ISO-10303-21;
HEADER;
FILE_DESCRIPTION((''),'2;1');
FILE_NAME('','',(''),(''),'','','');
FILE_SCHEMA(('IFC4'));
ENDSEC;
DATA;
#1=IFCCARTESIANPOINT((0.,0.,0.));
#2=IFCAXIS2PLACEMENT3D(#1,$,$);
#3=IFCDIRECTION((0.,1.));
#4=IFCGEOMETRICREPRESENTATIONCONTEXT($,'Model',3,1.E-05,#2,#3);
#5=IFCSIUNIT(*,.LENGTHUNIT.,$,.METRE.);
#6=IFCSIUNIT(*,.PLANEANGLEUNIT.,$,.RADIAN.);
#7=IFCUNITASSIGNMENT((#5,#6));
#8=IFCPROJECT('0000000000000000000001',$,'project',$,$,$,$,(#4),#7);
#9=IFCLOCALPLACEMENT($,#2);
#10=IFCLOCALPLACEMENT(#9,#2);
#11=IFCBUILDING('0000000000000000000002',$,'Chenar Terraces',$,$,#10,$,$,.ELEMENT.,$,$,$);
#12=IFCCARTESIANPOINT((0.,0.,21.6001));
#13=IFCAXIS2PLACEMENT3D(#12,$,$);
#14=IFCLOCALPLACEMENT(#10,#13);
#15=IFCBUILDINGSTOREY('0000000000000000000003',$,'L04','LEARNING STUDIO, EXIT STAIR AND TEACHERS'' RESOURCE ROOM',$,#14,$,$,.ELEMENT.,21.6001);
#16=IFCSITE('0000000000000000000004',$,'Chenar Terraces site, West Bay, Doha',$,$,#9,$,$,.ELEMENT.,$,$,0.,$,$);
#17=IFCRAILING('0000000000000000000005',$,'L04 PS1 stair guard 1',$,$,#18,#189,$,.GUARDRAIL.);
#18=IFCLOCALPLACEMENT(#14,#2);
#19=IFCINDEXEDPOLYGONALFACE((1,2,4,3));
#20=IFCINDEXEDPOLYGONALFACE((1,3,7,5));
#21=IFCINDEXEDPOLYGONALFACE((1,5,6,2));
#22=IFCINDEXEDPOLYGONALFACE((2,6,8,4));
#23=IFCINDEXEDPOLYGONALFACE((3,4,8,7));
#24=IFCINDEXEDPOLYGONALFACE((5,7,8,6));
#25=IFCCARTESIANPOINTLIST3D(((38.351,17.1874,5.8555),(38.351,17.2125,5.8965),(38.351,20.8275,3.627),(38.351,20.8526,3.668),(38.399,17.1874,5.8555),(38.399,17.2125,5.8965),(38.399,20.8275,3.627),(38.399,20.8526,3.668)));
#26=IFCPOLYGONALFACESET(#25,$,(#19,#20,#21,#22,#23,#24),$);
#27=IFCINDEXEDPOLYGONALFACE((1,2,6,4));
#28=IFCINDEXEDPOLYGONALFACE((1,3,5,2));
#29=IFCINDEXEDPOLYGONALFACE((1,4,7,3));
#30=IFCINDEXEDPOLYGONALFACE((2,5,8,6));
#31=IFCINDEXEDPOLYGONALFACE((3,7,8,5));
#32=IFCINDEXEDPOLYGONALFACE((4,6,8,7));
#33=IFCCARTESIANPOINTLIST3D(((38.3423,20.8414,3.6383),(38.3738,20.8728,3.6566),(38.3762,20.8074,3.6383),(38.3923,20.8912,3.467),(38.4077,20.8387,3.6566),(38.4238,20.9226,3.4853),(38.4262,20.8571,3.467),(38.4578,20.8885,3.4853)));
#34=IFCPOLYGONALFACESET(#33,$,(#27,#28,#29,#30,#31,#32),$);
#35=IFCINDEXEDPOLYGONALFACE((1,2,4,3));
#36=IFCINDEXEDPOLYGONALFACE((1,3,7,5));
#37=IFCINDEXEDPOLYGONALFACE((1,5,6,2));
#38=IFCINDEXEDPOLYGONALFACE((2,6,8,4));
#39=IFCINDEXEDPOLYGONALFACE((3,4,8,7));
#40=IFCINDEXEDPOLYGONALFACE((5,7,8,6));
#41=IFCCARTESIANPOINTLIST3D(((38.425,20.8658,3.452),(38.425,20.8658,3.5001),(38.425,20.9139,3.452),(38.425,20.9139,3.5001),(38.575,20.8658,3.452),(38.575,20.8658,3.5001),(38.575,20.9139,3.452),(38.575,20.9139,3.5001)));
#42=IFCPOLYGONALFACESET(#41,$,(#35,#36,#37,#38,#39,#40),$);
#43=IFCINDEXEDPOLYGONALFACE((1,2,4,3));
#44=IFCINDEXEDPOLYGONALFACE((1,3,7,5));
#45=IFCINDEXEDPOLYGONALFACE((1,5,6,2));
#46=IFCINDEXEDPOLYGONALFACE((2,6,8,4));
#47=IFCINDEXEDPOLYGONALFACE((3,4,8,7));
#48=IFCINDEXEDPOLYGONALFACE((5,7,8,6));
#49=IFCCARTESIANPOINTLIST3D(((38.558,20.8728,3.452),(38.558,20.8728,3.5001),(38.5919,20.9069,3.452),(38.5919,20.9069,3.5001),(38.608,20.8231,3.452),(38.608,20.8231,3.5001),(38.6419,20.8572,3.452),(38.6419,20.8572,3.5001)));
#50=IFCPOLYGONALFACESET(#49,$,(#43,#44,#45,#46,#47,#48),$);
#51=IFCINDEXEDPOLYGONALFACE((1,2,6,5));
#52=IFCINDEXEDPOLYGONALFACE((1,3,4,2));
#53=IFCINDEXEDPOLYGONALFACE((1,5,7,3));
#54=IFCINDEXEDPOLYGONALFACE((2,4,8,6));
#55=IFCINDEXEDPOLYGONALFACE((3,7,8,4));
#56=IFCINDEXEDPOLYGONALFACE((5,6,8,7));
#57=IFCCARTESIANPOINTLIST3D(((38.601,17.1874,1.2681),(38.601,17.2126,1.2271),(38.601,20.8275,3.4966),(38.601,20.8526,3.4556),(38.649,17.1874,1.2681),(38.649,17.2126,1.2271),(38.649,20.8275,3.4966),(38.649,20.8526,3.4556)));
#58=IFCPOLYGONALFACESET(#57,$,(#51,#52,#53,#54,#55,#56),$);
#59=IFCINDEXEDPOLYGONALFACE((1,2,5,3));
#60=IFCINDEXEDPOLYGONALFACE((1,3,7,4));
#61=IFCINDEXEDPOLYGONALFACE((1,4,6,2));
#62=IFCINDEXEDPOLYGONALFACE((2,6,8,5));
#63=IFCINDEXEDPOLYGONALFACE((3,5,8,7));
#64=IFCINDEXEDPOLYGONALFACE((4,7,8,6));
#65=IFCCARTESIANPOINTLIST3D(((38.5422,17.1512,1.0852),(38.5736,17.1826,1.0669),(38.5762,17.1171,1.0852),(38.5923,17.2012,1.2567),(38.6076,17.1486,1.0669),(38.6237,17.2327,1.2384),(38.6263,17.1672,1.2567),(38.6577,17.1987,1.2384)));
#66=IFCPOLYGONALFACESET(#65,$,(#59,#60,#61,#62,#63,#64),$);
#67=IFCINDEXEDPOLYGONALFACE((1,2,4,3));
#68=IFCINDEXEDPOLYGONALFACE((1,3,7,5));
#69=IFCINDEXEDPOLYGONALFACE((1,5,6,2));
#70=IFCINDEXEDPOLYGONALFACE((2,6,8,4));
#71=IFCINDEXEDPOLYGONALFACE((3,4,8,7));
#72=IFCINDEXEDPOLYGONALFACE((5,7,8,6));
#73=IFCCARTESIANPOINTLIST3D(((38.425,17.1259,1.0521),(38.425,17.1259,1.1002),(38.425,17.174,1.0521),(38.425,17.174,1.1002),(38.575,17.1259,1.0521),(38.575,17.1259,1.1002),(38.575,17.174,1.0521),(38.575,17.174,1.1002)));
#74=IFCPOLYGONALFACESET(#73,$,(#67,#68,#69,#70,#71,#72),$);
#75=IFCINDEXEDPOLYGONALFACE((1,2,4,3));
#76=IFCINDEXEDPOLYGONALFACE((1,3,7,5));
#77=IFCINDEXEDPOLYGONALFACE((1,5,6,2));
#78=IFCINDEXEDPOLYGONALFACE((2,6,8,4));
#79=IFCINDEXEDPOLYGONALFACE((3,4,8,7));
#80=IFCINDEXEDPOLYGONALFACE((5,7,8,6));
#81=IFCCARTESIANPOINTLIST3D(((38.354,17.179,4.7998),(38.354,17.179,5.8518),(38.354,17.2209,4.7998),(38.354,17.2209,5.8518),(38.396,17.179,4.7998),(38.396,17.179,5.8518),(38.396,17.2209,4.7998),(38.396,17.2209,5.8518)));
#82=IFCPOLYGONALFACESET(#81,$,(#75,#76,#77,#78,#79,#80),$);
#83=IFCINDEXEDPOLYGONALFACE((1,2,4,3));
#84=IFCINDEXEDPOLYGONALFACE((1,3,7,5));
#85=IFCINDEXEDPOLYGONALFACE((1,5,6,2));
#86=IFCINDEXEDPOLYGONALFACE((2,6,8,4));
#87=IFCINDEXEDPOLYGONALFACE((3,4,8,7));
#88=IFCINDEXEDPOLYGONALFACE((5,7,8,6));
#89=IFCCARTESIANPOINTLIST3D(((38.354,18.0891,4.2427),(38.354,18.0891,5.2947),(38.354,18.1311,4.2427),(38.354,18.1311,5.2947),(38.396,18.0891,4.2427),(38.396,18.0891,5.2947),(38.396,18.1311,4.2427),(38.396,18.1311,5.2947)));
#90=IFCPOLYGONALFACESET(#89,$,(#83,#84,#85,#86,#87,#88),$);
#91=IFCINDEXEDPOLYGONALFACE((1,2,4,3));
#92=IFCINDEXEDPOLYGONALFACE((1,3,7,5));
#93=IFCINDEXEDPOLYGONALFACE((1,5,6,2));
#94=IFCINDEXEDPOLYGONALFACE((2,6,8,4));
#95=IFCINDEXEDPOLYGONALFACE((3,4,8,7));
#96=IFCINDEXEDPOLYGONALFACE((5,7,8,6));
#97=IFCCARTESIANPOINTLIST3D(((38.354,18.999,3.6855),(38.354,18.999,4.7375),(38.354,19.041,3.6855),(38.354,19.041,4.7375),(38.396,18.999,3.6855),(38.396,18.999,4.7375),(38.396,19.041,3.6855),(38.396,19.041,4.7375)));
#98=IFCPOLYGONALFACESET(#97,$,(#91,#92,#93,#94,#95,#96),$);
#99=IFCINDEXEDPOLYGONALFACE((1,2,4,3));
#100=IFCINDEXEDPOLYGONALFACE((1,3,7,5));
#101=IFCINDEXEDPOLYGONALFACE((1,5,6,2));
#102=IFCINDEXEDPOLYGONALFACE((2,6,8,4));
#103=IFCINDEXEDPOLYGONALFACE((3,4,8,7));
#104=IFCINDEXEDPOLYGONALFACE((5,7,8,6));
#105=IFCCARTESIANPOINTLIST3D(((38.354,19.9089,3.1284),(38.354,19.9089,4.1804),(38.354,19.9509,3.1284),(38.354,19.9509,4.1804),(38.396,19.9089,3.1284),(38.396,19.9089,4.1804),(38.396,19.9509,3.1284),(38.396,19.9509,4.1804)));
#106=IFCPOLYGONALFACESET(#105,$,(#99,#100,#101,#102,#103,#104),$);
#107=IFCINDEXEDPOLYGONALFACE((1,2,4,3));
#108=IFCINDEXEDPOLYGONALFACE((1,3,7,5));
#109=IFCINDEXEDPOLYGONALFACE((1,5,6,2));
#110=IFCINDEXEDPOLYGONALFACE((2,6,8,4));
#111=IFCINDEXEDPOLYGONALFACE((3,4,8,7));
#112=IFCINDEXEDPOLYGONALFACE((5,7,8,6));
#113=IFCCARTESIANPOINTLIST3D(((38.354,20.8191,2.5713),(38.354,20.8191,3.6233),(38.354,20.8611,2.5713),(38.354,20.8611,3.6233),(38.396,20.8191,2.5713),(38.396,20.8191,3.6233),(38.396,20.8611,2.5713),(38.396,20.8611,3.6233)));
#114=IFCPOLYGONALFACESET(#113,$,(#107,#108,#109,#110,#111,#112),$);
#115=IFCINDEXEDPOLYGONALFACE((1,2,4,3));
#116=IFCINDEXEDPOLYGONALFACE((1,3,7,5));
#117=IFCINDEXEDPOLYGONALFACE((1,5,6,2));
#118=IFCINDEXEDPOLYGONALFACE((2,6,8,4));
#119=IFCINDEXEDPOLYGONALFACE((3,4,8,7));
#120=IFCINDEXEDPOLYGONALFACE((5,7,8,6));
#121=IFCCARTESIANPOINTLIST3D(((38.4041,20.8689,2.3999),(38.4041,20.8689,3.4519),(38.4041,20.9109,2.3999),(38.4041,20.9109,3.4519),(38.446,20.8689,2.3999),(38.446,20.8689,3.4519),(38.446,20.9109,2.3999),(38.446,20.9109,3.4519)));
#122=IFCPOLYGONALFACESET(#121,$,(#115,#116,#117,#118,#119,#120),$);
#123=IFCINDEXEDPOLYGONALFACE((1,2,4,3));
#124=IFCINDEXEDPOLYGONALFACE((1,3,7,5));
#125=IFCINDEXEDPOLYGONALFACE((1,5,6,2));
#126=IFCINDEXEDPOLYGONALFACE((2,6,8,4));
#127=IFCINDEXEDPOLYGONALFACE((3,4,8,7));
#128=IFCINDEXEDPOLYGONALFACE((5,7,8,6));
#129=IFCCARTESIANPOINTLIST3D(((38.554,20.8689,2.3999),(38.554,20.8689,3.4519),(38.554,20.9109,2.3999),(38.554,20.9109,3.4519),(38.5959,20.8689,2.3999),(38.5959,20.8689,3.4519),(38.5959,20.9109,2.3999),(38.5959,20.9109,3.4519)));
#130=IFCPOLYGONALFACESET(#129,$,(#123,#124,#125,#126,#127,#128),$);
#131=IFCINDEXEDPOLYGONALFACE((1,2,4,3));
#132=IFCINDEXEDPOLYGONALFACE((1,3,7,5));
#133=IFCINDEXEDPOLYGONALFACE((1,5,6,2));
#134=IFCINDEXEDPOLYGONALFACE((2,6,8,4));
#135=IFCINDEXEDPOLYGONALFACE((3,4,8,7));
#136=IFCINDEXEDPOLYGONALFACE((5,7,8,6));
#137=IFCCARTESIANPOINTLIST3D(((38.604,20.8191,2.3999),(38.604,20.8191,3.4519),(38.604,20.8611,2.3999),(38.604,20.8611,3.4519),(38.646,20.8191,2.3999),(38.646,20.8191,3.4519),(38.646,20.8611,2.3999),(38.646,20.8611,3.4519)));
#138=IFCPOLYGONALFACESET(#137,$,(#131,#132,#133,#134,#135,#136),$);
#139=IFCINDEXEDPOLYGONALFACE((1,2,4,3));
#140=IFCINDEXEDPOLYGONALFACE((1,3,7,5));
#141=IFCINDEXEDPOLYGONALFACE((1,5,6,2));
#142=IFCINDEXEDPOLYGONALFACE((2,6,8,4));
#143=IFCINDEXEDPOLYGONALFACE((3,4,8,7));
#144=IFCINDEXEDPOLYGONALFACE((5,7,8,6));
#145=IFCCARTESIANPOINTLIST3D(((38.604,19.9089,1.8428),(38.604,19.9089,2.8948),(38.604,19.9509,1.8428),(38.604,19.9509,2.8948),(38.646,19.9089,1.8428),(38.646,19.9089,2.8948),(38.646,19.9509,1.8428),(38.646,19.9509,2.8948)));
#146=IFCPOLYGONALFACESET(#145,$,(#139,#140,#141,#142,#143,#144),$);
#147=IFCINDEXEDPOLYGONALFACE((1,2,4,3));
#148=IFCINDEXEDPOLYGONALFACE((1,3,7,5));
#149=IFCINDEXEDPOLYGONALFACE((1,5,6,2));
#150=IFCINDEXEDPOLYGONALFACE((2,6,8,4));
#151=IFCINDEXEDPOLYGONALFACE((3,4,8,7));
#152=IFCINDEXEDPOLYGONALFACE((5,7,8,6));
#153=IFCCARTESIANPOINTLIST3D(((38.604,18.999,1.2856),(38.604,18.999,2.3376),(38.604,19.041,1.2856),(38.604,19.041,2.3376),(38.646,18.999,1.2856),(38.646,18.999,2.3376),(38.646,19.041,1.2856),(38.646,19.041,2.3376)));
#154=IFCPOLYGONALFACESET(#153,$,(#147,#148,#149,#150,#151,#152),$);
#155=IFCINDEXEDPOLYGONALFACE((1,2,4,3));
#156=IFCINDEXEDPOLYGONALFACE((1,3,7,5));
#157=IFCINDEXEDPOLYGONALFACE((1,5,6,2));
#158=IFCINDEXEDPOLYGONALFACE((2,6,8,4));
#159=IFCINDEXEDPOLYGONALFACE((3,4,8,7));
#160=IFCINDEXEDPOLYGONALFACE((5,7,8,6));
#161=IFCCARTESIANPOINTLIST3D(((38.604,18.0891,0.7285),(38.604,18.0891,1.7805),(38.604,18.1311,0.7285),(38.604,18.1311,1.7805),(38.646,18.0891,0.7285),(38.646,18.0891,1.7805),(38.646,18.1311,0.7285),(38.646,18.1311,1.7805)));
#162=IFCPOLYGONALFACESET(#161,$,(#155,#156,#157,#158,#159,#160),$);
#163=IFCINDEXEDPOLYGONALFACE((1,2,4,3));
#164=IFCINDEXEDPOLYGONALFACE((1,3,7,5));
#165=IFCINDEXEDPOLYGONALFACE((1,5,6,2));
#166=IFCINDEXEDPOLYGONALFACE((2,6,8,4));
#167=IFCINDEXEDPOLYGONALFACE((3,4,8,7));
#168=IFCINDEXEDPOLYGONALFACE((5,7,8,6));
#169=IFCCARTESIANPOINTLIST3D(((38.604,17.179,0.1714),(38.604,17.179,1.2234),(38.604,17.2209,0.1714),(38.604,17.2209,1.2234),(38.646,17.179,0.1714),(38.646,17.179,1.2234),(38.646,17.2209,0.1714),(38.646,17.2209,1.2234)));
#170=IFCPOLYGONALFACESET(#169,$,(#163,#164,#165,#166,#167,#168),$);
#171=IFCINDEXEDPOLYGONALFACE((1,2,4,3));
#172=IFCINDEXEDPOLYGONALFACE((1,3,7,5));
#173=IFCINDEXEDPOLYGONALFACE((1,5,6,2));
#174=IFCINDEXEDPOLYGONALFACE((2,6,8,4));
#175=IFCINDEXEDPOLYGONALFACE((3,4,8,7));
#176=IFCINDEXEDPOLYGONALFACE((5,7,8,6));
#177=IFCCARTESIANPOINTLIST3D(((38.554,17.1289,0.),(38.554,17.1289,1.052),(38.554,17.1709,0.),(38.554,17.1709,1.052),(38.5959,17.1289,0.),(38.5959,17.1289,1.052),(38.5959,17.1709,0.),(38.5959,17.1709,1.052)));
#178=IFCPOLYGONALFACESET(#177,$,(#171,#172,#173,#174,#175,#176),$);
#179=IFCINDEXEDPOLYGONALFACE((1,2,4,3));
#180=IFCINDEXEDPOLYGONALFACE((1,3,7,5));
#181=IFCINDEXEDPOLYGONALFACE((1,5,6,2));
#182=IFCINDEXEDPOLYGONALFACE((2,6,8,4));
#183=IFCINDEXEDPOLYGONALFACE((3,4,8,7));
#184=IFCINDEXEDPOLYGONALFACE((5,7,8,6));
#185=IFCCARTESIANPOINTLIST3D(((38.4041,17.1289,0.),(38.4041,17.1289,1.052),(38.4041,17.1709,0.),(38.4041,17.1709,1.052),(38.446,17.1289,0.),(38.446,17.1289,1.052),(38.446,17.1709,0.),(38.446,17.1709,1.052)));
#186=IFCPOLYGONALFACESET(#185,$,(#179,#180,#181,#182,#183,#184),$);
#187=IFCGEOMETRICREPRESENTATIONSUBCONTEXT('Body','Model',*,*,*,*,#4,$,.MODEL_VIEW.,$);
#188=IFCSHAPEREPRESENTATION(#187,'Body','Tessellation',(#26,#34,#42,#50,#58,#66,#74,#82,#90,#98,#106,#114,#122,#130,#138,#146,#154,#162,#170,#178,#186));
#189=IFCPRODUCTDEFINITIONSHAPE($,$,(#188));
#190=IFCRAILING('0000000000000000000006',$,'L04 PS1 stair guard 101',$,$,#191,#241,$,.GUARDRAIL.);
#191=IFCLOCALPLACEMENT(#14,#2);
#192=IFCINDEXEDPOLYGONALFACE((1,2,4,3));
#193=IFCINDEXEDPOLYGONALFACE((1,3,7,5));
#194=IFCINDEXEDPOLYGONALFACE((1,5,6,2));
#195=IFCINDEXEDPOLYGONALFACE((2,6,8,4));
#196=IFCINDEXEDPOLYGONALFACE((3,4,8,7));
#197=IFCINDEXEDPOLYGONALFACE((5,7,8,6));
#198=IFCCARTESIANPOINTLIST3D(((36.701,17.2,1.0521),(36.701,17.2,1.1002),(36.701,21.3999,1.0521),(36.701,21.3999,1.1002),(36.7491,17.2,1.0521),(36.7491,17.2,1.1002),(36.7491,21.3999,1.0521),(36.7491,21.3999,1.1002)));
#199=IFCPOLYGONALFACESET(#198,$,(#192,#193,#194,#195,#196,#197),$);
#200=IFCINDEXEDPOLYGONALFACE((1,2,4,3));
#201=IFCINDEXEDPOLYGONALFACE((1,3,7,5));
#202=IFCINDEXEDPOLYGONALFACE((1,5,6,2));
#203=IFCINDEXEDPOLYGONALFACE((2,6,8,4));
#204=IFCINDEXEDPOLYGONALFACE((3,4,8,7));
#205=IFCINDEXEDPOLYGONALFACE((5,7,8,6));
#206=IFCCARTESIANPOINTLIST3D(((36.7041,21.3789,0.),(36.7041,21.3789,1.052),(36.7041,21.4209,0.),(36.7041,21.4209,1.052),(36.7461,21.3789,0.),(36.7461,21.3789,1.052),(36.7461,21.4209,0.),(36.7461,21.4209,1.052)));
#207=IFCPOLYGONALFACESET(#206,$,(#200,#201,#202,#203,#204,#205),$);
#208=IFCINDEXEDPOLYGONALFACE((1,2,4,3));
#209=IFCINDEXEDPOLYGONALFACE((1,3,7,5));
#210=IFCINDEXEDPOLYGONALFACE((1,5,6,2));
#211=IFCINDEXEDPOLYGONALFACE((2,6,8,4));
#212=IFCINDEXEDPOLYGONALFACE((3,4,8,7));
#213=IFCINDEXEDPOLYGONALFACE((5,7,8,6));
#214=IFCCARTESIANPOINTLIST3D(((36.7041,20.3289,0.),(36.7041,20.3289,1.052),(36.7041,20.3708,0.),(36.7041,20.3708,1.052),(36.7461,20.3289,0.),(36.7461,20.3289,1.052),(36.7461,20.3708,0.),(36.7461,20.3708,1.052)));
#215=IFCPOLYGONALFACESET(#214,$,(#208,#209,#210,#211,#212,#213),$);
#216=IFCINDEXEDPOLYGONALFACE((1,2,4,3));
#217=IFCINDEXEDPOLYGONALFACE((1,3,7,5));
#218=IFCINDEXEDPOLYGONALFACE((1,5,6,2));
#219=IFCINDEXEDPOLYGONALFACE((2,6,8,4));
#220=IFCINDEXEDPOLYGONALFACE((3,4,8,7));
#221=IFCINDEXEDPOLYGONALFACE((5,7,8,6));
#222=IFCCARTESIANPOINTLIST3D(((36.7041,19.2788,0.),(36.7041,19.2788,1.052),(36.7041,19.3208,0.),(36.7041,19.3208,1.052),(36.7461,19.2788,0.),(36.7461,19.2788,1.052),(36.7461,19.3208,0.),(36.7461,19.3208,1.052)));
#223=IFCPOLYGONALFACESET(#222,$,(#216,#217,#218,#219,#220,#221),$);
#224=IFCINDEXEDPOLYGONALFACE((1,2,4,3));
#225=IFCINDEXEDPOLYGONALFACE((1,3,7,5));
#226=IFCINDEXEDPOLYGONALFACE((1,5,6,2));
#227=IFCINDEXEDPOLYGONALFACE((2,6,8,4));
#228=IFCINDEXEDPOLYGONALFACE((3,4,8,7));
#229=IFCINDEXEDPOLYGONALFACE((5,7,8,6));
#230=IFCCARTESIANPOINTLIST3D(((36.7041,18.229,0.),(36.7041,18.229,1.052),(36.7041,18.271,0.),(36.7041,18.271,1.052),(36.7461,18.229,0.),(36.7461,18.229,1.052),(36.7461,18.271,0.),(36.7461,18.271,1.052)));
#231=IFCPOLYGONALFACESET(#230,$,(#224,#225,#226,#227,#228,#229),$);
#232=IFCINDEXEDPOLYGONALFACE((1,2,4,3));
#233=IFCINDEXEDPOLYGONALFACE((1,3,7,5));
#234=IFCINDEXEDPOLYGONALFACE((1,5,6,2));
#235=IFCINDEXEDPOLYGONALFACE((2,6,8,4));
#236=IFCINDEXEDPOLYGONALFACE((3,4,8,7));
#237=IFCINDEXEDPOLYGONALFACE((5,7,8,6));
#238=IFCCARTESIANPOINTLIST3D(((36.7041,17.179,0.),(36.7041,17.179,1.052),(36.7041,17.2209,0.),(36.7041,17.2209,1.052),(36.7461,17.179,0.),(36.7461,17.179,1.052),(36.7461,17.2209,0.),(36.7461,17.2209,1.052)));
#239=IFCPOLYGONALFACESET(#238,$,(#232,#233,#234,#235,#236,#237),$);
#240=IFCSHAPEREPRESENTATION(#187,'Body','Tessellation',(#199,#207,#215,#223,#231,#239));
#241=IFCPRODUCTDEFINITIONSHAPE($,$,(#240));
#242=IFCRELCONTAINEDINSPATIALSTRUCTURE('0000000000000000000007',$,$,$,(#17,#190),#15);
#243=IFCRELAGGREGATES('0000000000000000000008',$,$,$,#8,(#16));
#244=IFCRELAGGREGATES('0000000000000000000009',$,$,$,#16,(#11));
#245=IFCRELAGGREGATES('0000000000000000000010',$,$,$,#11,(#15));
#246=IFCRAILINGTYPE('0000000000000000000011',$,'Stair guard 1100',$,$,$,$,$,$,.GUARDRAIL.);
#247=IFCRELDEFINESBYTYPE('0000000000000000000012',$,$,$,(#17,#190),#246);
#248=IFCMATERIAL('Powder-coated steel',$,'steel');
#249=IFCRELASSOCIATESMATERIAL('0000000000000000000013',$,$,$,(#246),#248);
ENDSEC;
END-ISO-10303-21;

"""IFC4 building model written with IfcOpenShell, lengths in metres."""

from ifc_helpers import new_model, si_unit, direction, frame, origin, origin_2d, place, context, subcontext, project, spatial, rectangle, extrude, material, type_object, element, save


model = new_model("IFC4")

# Units and contexts
model_context = context("Model", 3, precision=1e-05, world=origin(), true_north=direction((0.0, 1.0)))
body_context = subcontext(model_context, "Body", "Model", "MODEL_VIEW")
ifc_project = project(units=[si_unit("LENGTHUNIT", "METRE"), si_unit("PLANEANGLEUNIT", "RADIAN")], contexts=[model_context])

# Site, building, storey
site_placement = place(None, origin())
site = spatial("IfcSite", under=ifc_project, at=site_placement, Name="Chenar Terraces site, West Bay, Doha", CompositionType="ELEMENT", RefElevation=0.0)
building_placement = place(site_placement, origin())
building = spatial("IfcBuilding", under=site, at=building_placement, Name="Chenar Terraces", CompositionType="ELEMENT")
storey_placement = place(building_placement, frame((0.0, 0.0, 21.6001)))
storey = spatial("IfcBuildingStorey", under=building, at=storey_placement, Name="L04", Description="LEARNING STUDIO, EXIT STAIR AND TEACHERS' RESOURCE ROOM", CompositionType="ELEMENT", Elevation=21.6001)

# Railings
ifc_material_1 = material(Name="Powder-coated steel", Category="steel")
railing_type_1 = type_object("IfcRailingType", Name="Stair guard 1100", PredefinedType="GUARDRAIL", material=ifc_material_1)
railing_1_placement = place(storey_placement, frame((38.375, 17.2, 4.7998)))
element("IfcRailing", 1, at=railing_1_placement, inside=storey, type_object=railing_type_1, Name="L04 PS1 stair guard 1", PredefinedType="GUARDRAIL", context=body_context, shape_type="SweptSolid", body=[
    extrude(rectangle(XDim=0.0481, YDim=0.0481, at=origin_2d()), frame((0.0, 0.0, 1.0762), z_axis=(0.0, 0.852866, -0.52213), x_axis=(-1.0, 0.0, 0.0)), (0.0, 0.0, 1.0), 4.2681),
    extrude(rectangle(XDim=0.0481, YDim=0.0481, at=origin_2d()), frame((0.0, 3.6401, -1.1523), z_axis=(0.270007, 0.26869, -0.924609), x_axis=(-0.705376, 0.708834, 0.0)), (0.0, 0.0, 1.0), 0.1853),
    extrude(rectangle(XDim=0.0481, YDim=0.0481, at=origin_2d()), frame((0.05, 3.6899, -1.3237), z_axis=(1.0, 0.0, 0.0), x_axis=(0.0, 1.0, 0.0)), (0.0, 0.0, 1.0), 0.1499),
    extrude(rectangle(XDim=0.0481, YDim=0.0481, at=origin_2d()), frame((0.2, 3.6899, -1.3237), z_axis=(0.708834, -0.705376, 0.0), x_axis=(0.705376, 0.708834, 0.0)), (0.0, 0.0, 1.0), 0.0706),
    extrude(rectangle(XDim=0.0481, YDim=0.0481, at=origin_2d()), frame((0.25, 3.6401, -1.3237), z_axis=(0.0, -0.852866, -0.52213), x_axis=(1.0, 0.0, 0.0)), (0.0, 0.0, 1.0), 4.2681),
    extrude(rectangle(XDim=0.0481, YDim=0.0481, at=origin_2d()), frame((0.25, 0.0, -3.5522), z_axis=(-0.269911, -0.269911, -0.924281), x_axis=(0.707107, -0.707107, 0.0)), (0.0, 0.0, 1.0), 0.1855),
    extrude(rectangle(XDim=0.0481, YDim=0.0481, at=origin_2d()), frame((0.2, -0.05, -3.7236), z_axis=(-1.0, 0.0, 0.0), x_axis=(0.0, -1.0, 0.0)), (0.0, 0.0, 1.0), 0.1499),
    extrude(rectangle(XDim=0.042, YDim=0.042, at=origin_2d()), origin(), (0.0, 0.0, 1.0), 1.052),
    extrude(rectangle(XDim=0.042, YDim=0.042, at=origin_2d()), frame((0.0, 0.9102, -0.5571)), (0.0, 0.0, 1.0), 1.052),
    extrude(rectangle(XDim=0.042, YDim=0.042, at=origin_2d()), frame((0.0, 1.8201, -1.1143)), (0.0, 0.0, 1.0), 1.052),
    extrude(rectangle(XDim=0.042, YDim=0.042, at=origin_2d()), frame((0.0, 2.73, -1.6714)), (0.0, 0.0, 1.0), 1.052),
    extrude(rectangle(XDim=0.042, YDim=0.042, at=origin_2d()), frame((0.0, 3.6401, -2.2285)), (0.0, 0.0, 1.0), 1.052),
    extrude(rectangle(XDim=0.042, YDim=0.042, at=origin_2d()), frame((0.05, 3.6899, -2.3999)), (0.0, 0.0, 1.0), 1.052),
    extrude(rectangle(XDim=0.042, YDim=0.042, at=origin_2d()), frame((0.2, 3.6899, -2.3999)), (0.0, 0.0, 1.0), 1.052),
    extrude(rectangle(XDim=0.042, YDim=0.042, at=origin_2d()), frame((0.25, 3.6401, -2.3999)), (0.0, 0.0, 1.0), 1.052),
    extrude(rectangle(XDim=0.042, YDim=0.042, at=origin_2d()), frame((0.25, 2.73, -2.957)), (0.0, 0.0, 1.0), 1.052),
    extrude(rectangle(XDim=0.042, YDim=0.042, at=origin_2d()), frame((0.25, 1.8201, -3.5142)), (0.0, 0.0, 1.0), 1.052),
    extrude(rectangle(XDim=0.042, YDim=0.042, at=origin_2d()), frame((0.25, 0.9102, -4.0713)), (0.0, 0.0, 1.0), 1.052),
    extrude(rectangle(XDim=0.042, YDim=0.042, at=origin_2d()), frame((0.25, 0.0, -4.6284)), (0.0, 0.0, 1.0), 1.052),
    extrude(rectangle(XDim=0.042, YDim=0.042, at=origin_2d()), frame((0.2, -0.05, -4.7998)), (0.0, 0.0, 1.0), 1.052),
    extrude(rectangle(XDim=0.042, YDim=0.042, at=origin_2d()), frame((0.05, -0.05, -4.7998)), (0.0, 0.0, 1.0), 1.052),
])
railing_2_placement = place(storey_placement, frame((36.7251, 21.3999, 0.0)))
element("IfcRailing", 2, at=railing_2_placement, inside=storey, type_object=railing_type_1, Name="L04 PS1 stair guard 101", PredefinedType="GUARDRAIL", context=body_context, shape_type="SweptSolid", body=[
    extrude(rectangle(XDim=0.0481, YDim=0.0481, at=origin_2d()), frame((0.0, 0.0, 1.0762), z_axis=(0.0, -1.0, 0.0), x_axis=(1.0, 0.0, 0.0)), (0.0, 0.0, 1.0), 4.2),
    extrude(rectangle(XDim=0.042, YDim=0.042, at=origin_2d()), origin(), (0.0, 0.0, 1.0), 1.052),
    extrude(rectangle(XDim=0.042, YDim=0.042, at=origin_2d()), frame((0.0, -1.05, 0.0)), (0.0, 0.0, 1.0), 1.052),
    extrude(rectangle(XDim=0.042, YDim=0.042, at=origin_2d()), frame((0.0, -2.1001, 0.0)), (0.0, 0.0, 1.0), 1.052),
    extrude(rectangle(XDim=0.042, YDim=0.042, at=origin_2d()), frame((0.0, -3.1499, 0.0)), (0.0, 0.0, 1.0), 1.052),
    extrude(rectangle(XDim=0.042, YDim=0.042, at=origin_2d()), frame((0.0, -4.2, 0.0)), (0.0, 0.0, 1.0), 1.052),
])

save(model, "model.ifc")
